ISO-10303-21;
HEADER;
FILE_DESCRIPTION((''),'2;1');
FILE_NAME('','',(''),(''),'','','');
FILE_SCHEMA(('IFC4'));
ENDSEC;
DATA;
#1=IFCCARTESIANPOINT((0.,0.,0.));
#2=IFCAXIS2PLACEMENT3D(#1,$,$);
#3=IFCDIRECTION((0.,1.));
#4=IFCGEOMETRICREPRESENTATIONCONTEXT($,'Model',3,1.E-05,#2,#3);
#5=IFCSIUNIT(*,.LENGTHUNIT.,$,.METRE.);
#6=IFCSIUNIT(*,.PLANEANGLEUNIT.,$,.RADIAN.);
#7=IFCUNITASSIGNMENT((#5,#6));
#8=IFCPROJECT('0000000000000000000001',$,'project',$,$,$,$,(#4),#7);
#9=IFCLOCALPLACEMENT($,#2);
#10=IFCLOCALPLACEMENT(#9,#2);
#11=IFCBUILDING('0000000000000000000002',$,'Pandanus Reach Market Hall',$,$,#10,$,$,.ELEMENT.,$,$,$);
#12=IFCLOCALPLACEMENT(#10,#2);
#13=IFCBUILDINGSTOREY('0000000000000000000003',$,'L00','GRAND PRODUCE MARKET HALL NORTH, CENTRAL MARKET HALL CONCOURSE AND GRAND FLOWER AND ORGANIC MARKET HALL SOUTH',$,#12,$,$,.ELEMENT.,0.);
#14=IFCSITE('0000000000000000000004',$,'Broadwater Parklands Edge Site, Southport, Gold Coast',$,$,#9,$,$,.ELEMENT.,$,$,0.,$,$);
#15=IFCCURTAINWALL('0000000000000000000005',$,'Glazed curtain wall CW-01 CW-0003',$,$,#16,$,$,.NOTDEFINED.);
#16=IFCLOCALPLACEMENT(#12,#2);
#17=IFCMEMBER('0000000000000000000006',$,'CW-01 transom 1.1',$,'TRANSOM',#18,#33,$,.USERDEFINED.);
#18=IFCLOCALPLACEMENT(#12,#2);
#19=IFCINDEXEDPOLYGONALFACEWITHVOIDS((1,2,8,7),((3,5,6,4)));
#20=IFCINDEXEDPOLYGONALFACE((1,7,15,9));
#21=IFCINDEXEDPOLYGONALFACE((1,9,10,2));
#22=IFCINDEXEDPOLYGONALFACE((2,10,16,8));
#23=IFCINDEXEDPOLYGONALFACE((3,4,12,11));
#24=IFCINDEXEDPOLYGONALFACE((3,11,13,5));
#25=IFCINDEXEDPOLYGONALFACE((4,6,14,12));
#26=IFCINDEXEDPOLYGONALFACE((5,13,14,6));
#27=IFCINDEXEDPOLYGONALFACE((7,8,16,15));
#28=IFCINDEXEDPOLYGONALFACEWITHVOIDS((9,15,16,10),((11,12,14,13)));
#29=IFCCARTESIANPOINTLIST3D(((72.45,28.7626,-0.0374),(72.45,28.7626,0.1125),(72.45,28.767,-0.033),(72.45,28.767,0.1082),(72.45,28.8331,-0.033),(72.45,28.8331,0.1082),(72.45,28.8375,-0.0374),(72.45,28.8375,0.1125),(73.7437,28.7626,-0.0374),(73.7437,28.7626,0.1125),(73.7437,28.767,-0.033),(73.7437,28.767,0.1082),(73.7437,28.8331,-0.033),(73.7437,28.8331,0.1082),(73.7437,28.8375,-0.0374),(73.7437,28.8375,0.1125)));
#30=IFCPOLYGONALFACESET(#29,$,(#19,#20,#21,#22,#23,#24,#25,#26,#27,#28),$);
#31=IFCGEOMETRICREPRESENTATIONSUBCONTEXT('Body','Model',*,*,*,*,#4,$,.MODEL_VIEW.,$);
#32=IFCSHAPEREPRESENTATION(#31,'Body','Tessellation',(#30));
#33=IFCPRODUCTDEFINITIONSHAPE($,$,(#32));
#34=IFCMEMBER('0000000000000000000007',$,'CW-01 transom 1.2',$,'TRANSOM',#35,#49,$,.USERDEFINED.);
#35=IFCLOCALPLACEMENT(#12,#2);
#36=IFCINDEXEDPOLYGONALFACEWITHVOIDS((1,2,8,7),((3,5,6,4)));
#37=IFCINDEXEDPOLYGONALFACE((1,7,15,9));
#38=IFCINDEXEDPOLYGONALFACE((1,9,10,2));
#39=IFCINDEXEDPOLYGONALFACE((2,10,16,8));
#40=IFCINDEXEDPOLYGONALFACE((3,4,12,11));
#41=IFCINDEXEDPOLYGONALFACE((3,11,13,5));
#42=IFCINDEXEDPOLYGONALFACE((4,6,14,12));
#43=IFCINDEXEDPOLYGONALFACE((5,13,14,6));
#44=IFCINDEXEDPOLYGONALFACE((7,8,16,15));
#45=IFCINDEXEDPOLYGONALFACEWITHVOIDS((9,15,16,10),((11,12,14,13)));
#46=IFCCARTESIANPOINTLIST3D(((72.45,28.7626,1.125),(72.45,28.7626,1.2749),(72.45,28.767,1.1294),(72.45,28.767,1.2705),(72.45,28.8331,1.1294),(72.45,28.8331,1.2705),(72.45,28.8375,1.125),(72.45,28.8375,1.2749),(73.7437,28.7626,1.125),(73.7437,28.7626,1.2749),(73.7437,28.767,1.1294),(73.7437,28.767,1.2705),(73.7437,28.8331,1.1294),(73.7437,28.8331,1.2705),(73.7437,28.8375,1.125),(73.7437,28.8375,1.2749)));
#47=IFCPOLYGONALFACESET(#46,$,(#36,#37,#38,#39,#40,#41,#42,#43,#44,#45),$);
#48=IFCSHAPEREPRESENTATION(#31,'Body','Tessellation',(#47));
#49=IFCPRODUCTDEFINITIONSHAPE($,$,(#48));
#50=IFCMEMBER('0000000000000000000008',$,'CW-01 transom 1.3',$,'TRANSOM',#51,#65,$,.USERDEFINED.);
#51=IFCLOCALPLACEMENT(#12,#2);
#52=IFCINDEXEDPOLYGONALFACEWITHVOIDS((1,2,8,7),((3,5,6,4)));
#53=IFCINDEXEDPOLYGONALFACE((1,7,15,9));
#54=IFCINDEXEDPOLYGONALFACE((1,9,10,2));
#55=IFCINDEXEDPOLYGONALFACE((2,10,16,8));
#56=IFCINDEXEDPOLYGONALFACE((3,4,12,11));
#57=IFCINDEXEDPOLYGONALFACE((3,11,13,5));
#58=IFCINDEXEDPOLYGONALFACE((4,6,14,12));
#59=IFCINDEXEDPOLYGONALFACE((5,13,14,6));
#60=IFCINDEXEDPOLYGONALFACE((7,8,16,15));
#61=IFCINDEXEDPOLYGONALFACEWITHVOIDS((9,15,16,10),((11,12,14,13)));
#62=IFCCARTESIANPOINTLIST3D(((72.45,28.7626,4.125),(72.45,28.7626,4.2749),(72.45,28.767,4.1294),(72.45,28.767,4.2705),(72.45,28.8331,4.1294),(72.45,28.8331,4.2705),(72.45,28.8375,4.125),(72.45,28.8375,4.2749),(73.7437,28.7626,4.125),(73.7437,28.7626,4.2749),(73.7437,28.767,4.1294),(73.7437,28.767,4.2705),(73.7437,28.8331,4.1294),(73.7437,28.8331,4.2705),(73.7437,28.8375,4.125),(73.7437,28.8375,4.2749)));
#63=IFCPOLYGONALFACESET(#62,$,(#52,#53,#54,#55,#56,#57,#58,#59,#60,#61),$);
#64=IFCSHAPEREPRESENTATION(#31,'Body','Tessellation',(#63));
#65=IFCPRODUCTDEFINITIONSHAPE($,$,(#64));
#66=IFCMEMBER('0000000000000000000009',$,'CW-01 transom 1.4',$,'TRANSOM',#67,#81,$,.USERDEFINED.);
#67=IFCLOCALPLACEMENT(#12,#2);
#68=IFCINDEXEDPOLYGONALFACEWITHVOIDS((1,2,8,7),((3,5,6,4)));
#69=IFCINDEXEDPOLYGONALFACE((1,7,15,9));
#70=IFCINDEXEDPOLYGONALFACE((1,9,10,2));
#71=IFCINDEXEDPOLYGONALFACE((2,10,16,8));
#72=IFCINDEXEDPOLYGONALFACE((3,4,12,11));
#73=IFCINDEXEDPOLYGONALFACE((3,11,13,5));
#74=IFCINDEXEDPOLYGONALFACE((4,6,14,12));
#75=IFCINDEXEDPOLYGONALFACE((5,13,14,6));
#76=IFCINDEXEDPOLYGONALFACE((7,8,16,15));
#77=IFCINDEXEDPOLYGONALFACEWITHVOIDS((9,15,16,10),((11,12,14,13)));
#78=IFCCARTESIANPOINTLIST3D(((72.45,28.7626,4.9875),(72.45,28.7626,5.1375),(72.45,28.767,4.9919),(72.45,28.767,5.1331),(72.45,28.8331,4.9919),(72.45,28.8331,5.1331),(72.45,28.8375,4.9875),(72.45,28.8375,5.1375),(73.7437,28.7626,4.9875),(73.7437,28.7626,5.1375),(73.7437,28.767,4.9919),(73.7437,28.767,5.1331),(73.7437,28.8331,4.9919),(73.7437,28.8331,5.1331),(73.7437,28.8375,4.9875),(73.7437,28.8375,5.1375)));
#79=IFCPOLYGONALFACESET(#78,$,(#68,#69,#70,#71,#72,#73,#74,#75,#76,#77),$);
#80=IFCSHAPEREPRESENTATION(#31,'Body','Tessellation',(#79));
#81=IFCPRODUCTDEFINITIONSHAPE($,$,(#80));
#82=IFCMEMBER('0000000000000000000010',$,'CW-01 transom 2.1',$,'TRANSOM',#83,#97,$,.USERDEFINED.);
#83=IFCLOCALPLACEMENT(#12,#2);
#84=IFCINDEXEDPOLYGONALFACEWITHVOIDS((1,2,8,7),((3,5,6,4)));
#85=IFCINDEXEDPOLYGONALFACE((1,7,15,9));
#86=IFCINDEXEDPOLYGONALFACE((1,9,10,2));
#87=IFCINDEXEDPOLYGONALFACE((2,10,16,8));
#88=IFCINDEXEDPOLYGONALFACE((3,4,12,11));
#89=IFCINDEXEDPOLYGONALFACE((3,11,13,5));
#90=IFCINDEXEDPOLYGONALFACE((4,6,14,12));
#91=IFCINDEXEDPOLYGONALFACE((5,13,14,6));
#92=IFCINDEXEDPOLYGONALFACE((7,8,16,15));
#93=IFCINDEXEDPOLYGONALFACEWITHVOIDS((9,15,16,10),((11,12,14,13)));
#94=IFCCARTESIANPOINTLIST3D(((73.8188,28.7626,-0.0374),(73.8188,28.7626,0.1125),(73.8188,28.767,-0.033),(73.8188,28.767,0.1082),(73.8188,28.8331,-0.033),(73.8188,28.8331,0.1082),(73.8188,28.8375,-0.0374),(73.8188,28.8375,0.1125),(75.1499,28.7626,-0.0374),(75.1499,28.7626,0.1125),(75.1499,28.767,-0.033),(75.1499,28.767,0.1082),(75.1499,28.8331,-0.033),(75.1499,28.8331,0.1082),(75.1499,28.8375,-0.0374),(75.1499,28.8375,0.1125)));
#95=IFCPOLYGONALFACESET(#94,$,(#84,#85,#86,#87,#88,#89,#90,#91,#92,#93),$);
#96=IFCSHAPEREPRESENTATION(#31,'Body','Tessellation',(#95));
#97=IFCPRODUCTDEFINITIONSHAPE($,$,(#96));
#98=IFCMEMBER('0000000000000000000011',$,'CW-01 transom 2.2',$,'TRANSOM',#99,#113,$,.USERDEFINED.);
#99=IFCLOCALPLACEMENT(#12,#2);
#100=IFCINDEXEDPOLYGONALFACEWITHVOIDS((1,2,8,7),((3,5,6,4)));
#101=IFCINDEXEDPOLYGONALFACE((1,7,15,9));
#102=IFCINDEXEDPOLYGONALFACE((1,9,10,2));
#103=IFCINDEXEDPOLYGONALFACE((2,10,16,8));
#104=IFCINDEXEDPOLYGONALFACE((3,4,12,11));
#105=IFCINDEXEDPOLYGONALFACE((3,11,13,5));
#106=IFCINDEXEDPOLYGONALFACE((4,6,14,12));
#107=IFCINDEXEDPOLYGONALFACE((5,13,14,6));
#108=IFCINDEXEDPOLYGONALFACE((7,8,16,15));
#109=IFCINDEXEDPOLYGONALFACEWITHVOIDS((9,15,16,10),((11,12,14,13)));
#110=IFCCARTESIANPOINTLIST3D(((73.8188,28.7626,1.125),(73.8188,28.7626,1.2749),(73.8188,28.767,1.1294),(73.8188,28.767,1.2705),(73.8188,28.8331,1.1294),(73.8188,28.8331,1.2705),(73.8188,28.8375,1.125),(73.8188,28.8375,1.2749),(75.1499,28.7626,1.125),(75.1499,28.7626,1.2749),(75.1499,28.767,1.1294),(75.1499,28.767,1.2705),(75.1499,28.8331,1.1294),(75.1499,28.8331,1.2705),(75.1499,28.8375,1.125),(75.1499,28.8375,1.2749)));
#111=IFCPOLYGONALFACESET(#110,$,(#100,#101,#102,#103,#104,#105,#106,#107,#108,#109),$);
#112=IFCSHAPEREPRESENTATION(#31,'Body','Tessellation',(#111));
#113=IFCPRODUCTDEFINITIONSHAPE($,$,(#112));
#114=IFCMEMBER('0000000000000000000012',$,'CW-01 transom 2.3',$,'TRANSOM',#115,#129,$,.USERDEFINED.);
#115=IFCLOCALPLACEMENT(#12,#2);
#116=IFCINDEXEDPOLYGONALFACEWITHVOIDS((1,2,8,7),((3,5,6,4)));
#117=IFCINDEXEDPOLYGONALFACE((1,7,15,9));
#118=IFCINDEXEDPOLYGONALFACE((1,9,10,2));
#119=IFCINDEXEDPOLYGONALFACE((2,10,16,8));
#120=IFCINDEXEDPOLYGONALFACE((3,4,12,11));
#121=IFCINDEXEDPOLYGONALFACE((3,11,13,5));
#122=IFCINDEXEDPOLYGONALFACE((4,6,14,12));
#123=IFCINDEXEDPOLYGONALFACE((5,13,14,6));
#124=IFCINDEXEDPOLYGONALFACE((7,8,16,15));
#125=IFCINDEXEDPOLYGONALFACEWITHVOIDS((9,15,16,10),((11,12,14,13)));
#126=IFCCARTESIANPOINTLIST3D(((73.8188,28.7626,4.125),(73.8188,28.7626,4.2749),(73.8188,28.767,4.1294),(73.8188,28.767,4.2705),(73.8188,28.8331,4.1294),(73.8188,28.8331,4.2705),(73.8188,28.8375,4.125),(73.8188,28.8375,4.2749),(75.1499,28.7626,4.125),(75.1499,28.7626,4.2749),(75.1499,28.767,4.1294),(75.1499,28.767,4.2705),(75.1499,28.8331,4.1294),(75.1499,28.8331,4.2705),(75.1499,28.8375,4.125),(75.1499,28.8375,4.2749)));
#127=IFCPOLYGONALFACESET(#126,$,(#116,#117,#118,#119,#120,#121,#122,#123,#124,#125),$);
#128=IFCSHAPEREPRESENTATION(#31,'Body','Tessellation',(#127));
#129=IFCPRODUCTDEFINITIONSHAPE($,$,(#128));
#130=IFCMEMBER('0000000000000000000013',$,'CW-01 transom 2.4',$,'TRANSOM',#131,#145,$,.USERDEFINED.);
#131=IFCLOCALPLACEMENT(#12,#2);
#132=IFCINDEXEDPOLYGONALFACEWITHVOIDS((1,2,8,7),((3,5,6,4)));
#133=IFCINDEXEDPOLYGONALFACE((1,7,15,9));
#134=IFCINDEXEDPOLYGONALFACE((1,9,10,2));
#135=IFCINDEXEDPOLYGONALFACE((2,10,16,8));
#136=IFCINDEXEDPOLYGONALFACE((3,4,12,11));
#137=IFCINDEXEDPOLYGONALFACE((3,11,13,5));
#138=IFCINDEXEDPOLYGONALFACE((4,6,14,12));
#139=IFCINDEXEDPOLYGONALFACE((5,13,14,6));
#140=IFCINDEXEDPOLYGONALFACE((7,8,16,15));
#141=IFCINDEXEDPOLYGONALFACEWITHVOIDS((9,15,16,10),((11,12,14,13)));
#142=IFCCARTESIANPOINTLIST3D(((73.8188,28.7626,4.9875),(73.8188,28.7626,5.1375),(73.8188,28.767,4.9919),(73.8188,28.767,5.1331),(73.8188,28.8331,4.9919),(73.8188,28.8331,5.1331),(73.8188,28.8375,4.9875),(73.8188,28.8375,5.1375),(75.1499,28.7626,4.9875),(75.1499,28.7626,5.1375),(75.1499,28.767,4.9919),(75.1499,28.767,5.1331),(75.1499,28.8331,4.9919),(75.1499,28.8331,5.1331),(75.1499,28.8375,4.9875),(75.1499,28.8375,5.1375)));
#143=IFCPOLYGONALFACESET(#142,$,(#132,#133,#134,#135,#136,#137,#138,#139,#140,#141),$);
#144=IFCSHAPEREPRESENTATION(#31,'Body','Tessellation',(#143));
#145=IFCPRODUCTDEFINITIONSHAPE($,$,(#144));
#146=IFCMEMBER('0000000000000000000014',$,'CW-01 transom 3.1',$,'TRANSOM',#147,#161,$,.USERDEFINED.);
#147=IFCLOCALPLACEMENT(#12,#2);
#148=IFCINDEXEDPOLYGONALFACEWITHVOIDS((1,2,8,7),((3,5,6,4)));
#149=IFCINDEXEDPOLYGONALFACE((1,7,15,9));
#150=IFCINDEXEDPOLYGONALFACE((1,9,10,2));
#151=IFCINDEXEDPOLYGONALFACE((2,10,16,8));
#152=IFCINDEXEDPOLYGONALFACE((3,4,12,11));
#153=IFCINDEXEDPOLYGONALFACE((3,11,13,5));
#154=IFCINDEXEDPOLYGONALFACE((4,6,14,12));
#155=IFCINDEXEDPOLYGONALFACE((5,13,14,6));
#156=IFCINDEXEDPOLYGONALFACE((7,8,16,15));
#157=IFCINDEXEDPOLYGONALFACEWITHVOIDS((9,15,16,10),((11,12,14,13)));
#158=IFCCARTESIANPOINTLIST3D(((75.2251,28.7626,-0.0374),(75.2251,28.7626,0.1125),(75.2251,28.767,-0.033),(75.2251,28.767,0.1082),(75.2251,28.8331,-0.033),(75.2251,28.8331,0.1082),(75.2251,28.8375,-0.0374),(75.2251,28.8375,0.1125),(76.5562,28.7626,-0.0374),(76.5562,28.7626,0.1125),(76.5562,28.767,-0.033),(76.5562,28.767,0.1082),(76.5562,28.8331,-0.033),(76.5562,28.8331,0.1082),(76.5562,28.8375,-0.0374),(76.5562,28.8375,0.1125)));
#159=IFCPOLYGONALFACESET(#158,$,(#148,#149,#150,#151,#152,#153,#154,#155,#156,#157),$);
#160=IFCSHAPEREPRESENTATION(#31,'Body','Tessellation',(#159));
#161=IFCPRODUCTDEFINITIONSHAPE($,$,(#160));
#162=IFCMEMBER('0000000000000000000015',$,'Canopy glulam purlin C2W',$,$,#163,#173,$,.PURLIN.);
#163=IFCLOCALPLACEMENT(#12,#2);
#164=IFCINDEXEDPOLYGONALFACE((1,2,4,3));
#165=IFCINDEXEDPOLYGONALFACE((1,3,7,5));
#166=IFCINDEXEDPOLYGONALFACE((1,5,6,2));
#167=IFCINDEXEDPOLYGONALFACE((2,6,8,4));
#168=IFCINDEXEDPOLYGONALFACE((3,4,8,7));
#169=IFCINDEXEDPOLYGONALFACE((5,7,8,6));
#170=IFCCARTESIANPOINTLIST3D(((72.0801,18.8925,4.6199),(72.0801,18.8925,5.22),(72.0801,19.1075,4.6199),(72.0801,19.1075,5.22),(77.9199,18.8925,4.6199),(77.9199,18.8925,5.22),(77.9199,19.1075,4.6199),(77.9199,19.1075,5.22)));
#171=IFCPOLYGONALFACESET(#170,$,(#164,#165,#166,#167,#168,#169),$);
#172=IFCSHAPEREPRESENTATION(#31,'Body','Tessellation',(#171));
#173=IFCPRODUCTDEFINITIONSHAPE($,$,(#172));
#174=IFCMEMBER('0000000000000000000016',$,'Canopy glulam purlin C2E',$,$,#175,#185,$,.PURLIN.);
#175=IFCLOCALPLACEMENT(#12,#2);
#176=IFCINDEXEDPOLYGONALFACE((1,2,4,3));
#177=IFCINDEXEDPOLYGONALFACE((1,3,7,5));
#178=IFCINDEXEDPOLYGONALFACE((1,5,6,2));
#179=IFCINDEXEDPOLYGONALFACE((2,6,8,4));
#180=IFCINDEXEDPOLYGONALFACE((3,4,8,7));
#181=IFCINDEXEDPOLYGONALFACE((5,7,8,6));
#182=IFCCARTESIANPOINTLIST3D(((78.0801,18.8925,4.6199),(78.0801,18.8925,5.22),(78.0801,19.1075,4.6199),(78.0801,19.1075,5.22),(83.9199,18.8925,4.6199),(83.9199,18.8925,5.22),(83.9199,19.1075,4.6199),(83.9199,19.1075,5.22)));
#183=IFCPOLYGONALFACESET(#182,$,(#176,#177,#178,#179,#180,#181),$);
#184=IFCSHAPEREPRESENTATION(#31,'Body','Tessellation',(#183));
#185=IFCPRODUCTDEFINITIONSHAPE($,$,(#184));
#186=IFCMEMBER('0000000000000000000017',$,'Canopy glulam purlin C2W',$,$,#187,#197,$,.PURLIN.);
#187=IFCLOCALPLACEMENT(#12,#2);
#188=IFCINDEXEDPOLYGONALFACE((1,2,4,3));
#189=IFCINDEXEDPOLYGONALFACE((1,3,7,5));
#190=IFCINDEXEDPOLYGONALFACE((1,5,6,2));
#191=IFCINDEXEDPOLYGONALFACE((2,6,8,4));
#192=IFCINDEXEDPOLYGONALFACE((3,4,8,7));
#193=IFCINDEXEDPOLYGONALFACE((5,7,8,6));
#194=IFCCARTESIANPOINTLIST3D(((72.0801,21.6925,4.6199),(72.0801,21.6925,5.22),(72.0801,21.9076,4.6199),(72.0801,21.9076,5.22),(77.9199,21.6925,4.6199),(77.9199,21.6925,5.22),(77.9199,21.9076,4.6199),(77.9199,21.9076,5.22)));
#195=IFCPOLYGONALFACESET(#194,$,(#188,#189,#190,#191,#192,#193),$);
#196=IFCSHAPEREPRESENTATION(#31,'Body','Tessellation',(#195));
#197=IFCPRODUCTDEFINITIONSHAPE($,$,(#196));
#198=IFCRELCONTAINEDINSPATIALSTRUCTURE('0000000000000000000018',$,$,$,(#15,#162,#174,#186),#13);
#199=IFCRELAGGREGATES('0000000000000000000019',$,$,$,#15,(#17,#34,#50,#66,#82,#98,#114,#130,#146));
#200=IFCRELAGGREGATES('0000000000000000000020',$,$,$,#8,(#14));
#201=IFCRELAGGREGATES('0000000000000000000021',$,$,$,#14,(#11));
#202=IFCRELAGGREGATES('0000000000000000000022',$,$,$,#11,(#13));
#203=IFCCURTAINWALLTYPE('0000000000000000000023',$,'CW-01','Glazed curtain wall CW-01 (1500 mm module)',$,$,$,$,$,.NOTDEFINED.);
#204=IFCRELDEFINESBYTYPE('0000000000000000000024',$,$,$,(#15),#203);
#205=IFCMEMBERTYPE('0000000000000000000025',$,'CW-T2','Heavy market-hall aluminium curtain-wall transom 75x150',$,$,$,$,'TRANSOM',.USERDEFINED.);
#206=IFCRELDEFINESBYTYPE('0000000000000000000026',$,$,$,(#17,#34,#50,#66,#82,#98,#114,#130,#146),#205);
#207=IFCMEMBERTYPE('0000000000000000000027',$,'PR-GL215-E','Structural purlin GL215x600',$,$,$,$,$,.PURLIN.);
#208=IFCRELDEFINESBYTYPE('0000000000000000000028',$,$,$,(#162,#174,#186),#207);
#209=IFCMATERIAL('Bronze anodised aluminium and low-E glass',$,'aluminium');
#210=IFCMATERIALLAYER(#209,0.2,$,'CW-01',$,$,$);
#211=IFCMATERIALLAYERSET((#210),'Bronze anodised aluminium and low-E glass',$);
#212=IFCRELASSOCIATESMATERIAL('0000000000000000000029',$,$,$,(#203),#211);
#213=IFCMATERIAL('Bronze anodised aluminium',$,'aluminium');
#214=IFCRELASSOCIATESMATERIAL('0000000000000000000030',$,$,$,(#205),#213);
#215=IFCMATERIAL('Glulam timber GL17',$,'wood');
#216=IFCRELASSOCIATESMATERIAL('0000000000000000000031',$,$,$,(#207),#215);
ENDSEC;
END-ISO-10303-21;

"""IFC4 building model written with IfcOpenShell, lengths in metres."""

from ifc_helpers import new_model, si_unit, direction, frame, origin, origin_2d, place, context, subcontext, project, spatial, rectangle, hollow_rectangle, extrude, material, layer, layer_set, material_profile, profile_set, type_object, element, aggregate, save


model = new_model("IFC4")

# Units and contexts
model_context = context("Model", 3, precision=1e-05, world=origin(), true_north=direction((0.0, 1.0)))
body_context = subcontext(model_context, "Body", "Model", "MODEL_VIEW")
ifc_project = project(units=[si_unit("LENGTHUNIT", "METRE"), si_unit("PLANEANGLEUNIT", "RADIAN")], contexts=[model_context])

# Site, building, storey
site_placement = place(None, origin())
site = spatial("IfcSite", under=ifc_project, at=site_placement, Name="Broadwater Parklands Edge Site, Southport, Gold Coast", CompositionType="ELEMENT", RefElevation=0.0)
building_placement = place(site_placement, origin())
building = spatial("IfcBuilding", under=site, at=building_placement, Name="Pandanus Reach Market Hall", CompositionType="ELEMENT")
storey_placement = place(building_placement, origin())
storey = spatial("IfcBuildingStorey", under=building, at=storey_placement, Name="L00", Description="GRAND PRODUCE MARKET HALL NORTH, CENTRAL MARKET HALL CONCOURSE AND GRAND FLOWER AND ORGANIC MARKET HALL SOUTH", CompositionType="ELEMENT", Elevation=0.0)

# Curtain wall, members
ifc_material_1 = material(Name="Bronze anodised aluminium and low-E glass", Category="aluminium")
ifc_layer_1 = layer(ifc_material_1, 0.2, Name="CW-01")
ifc_layer_set_1 = layer_set([ifc_layer_1], Name="Bronze anodised aluminium and low-E glass")
curtain_wall_type = type_object("IfcCurtainWallType", Name="CW-01", Description="Glazed curtain wall CW-01 (1500 mm module)", PredefinedType="NOTDEFINED", material=ifc_layer_set_1)
curtain_wall_placement = place(storey_placement, origin())
curtain_wall = element("IfcCurtainWall", 1, at=curtain_wall_placement, inside=storey, type_object=curtain_wall_type, Name="Glazed curtain wall CW-01 CW-0003", PredefinedType="NOTDEFINED")
ifc_material_2 = material(Name="Bronze anodised aluminium", Category="aluminium")
ifc_material_profile_1 = material_profile(ifc_material_2, hollow_rectangle(XDim=0.075, YDim=0.1499, WallThickness=0.0044, at=origin_2d()), Name="ALU75x150", Category="LoadBearing")
ifc_profile_set_1 = profile_set([ifc_material_profile_1], Name="Bronze anodised aluminium")
member_type_1 = type_object("IfcMemberType", Name="CW-T2", Description="Heavy market-hall aluminium curtain-wall transom 75x150", ElementType="TRANSOM", PredefinedType="USERDEFINED", material=ifc_profile_set_1)
member_1_placement = place(storey_placement, frame((72.45, 28.8, 0.0376), z_axis=(1.0, 0.0, 0.0), x_axis=(0.0, 1.0, 0.0)))
member_1 = element("IfcMember", 2, at=member_1_placement, type_object=member_type_1, Name="CW-01 transom 1.1", ObjectType="TRANSOM", PredefinedType="USERDEFINED", context=body_context, shape_type="SweptSolid", body=[
    extrude(hollow_rectangle(XDim=0.075, YDim=0.1499, WallThickness=0.0044, at=origin_2d()), origin(), (0.0, 0.0, 1.0), 1.2937),
])
member_2_placement = place(storey_placement, frame((72.45, 28.8, 1.2), z_axis=(1.0, 0.0, 0.0), x_axis=(0.0, 1.0, 0.0)))
member_2 = element("IfcMember", 3, at=member_2_placement, type_object=member_type_1, Name="CW-01 transom 1.2", ObjectType="TRANSOM", PredefinedType="USERDEFINED", context=body_context, shape_type="SweptSolid", body=[
    extrude(hollow_rectangle(XDim=0.075, YDim=0.1499, WallThickness=0.0044, at=origin_2d()), origin(), (0.0, 0.0, 1.0), 1.2937),
])
member_3_placement = place(storey_placement, frame((72.45, 28.8, 4.2), z_axis=(1.0, 0.0, 0.0), x_axis=(0.0, 1.0, 0.0)))
member_3 = element("IfcMember", 4, at=member_3_placement, type_object=member_type_1, Name="CW-01 transom 1.3", ObjectType="TRANSOM", PredefinedType="USERDEFINED", context=body_context, shape_type="SweptSolid", body=[
    extrude(hollow_rectangle(XDim=0.075, YDim=0.1499, WallThickness=0.0044, at=origin_2d()), origin(), (0.0, 0.0, 1.0), 1.2937),
])
member_4_placement = place(storey_placement, frame((72.45, 28.8, 5.0625), z_axis=(1.0, 0.0, 0.0), x_axis=(0.0, 1.0, 0.0)))
member_4 = element("IfcMember", 5, at=member_4_placement, type_object=member_type_1, Name="CW-01 transom 1.4", ObjectType="TRANSOM", PredefinedType="USERDEFINED", context=body_context, shape_type="SweptSolid", body=[
    extrude(hollow_rectangle(XDim=0.075, YDim=0.1499, WallThickness=0.0044, at=origin_2d()), origin(), (0.0, 0.0, 1.0), 1.2937),
])
member_5_placement = place(storey_placement, frame((73.8188, 28.8, 0.0376), z_axis=(1.0, 0.0, 0.0), x_axis=(0.0, 1.0, 0.0)))
member_5 = element("IfcMember", 6, at=member_5_placement, type_object=member_type_1, Name="CW-01 transom 2.1", ObjectType="TRANSOM", PredefinedType="USERDEFINED", context=body_context, shape_type="SweptSolid", body=[
    extrude(hollow_rectangle(XDim=0.075, YDim=0.1499, WallThickness=0.0044, at=origin_2d()), origin(), (0.0, 0.0, 1.0), 1.3311),
])
member_6_placement = place(storey_placement, frame((73.8188, 28.8, 1.2), z_axis=(1.0, 0.0, 0.0), x_axis=(0.0, 1.0, 0.0)))
member_6 = element("IfcMember", 7, at=member_6_placement, type_object=member_type_1, Name="CW-01 transom 2.2", ObjectType="TRANSOM", PredefinedType="USERDEFINED", context=body_context, shape_type="SweptSolid", body=[
    extrude(hollow_rectangle(XDim=0.075, YDim=0.1499, WallThickness=0.0044, at=origin_2d()), origin(), (0.0, 0.0, 1.0), 1.3311),
])
member_7_placement = place(storey_placement, frame((73.8188, 28.8, 4.2), z_axis=(1.0, 0.0, 0.0), x_axis=(0.0, 1.0, 0.0)))
member_7 = element("IfcMember", 8, at=member_7_placement, type_object=member_type_1, Name="CW-01 transom 2.3", ObjectType="TRANSOM", PredefinedType="USERDEFINED", context=body_context, shape_type="SweptSolid", body=[
    extrude(hollow_rectangle(XDim=0.075, YDim=0.1499, WallThickness=0.0044, at=origin_2d()), origin(), (0.0, 0.0, 1.0), 1.3311),
])
member_8_placement = place(storey_placement, frame((73.8188, 28.8, 5.0625), z_axis=(1.0, 0.0, 0.0), x_axis=(0.0, 1.0, 0.0)))
member_8 = element("IfcMember", 9, at=member_8_placement, type_object=member_type_1, Name="CW-01 transom 2.4", ObjectType="TRANSOM", PredefinedType="USERDEFINED", context=body_context, shape_type="SweptSolid", body=[
    extrude(hollow_rectangle(XDim=0.075, YDim=0.1499, WallThickness=0.0044, at=origin_2d()), origin(), (0.0, 0.0, 1.0), 1.3311),
])
member_9_placement = place(storey_placement, frame((75.2251, 28.8, 0.0376), z_axis=(1.0, 0.0, 0.0), x_axis=(0.0, 1.0, 0.0)))
member_9 = element("IfcMember", 10, at=member_9_placement, type_object=member_type_1, Name="CW-01 transom 3.1", ObjectType="TRANSOM", PredefinedType="USERDEFINED", context=body_context, shape_type="SweptSolid", body=[
    extrude(hollow_rectangle(XDim=0.075, YDim=0.1499, WallThickness=0.0044, at=origin_2d()), origin(), (0.0, 0.0, 1.0), 1.3311),
])

# Members
ifc_material_3 = material(Name="Glulam timber GL17", Category="wood")
ifc_material_profile_2 = material_profile(ifc_material_3, rectangle(XDim=0.2151, YDim=0.6001, at=origin_2d()), Name="GL215x600", Category="LoadBearing")
ifc_profile_set_2 = profile_set([ifc_material_profile_2], Name="Glulam timber GL17")
member_type_2 = type_object("IfcMemberType", Name="PR-GL215-E", Description="Structural purlin GL215x600", PredefinedType="PURLIN", material=ifc_profile_set_2)
for number, where, z_axis, x_axis, name in (
    (11, (72.0801, 19.0, 4.9199), (1.0, 0.0, 0.0), (0.0, 1.0, 0.0), "Canopy glulam purlin C2W"),
    (12, (78.0801, 19.0, 4.9199), (1.0, 0.0, 0.0), (0.0, 1.0, 0.0), "Canopy glulam purlin C2E"),
    (13, (72.0801, 21.8, 4.9199), (1.0, 0.0, 0.0), (0.0, 1.0, 0.0), "Canopy glulam purlin C2W"),
):
    element("IfcMember", number, at=place(storey_placement, frame(where, z_axis=z_axis, x_axis=x_axis)), inside=storey, type_object=member_type_2, Name=name, PredefinedType="PURLIN", context=body_context, shape_type="SweptSolid", body=[
        extrude(rectangle(XDim=0.2151, YDim=0.6001, at=origin_2d()), origin(), (0.0, 0.0, 1.0), 5.8398),
    ])

aggregate(curtain_wall, [member_1, member_2, member_3, member_4, member_5, member_6, member_7, member_8, member_9])

save(model, "model.ifc")
